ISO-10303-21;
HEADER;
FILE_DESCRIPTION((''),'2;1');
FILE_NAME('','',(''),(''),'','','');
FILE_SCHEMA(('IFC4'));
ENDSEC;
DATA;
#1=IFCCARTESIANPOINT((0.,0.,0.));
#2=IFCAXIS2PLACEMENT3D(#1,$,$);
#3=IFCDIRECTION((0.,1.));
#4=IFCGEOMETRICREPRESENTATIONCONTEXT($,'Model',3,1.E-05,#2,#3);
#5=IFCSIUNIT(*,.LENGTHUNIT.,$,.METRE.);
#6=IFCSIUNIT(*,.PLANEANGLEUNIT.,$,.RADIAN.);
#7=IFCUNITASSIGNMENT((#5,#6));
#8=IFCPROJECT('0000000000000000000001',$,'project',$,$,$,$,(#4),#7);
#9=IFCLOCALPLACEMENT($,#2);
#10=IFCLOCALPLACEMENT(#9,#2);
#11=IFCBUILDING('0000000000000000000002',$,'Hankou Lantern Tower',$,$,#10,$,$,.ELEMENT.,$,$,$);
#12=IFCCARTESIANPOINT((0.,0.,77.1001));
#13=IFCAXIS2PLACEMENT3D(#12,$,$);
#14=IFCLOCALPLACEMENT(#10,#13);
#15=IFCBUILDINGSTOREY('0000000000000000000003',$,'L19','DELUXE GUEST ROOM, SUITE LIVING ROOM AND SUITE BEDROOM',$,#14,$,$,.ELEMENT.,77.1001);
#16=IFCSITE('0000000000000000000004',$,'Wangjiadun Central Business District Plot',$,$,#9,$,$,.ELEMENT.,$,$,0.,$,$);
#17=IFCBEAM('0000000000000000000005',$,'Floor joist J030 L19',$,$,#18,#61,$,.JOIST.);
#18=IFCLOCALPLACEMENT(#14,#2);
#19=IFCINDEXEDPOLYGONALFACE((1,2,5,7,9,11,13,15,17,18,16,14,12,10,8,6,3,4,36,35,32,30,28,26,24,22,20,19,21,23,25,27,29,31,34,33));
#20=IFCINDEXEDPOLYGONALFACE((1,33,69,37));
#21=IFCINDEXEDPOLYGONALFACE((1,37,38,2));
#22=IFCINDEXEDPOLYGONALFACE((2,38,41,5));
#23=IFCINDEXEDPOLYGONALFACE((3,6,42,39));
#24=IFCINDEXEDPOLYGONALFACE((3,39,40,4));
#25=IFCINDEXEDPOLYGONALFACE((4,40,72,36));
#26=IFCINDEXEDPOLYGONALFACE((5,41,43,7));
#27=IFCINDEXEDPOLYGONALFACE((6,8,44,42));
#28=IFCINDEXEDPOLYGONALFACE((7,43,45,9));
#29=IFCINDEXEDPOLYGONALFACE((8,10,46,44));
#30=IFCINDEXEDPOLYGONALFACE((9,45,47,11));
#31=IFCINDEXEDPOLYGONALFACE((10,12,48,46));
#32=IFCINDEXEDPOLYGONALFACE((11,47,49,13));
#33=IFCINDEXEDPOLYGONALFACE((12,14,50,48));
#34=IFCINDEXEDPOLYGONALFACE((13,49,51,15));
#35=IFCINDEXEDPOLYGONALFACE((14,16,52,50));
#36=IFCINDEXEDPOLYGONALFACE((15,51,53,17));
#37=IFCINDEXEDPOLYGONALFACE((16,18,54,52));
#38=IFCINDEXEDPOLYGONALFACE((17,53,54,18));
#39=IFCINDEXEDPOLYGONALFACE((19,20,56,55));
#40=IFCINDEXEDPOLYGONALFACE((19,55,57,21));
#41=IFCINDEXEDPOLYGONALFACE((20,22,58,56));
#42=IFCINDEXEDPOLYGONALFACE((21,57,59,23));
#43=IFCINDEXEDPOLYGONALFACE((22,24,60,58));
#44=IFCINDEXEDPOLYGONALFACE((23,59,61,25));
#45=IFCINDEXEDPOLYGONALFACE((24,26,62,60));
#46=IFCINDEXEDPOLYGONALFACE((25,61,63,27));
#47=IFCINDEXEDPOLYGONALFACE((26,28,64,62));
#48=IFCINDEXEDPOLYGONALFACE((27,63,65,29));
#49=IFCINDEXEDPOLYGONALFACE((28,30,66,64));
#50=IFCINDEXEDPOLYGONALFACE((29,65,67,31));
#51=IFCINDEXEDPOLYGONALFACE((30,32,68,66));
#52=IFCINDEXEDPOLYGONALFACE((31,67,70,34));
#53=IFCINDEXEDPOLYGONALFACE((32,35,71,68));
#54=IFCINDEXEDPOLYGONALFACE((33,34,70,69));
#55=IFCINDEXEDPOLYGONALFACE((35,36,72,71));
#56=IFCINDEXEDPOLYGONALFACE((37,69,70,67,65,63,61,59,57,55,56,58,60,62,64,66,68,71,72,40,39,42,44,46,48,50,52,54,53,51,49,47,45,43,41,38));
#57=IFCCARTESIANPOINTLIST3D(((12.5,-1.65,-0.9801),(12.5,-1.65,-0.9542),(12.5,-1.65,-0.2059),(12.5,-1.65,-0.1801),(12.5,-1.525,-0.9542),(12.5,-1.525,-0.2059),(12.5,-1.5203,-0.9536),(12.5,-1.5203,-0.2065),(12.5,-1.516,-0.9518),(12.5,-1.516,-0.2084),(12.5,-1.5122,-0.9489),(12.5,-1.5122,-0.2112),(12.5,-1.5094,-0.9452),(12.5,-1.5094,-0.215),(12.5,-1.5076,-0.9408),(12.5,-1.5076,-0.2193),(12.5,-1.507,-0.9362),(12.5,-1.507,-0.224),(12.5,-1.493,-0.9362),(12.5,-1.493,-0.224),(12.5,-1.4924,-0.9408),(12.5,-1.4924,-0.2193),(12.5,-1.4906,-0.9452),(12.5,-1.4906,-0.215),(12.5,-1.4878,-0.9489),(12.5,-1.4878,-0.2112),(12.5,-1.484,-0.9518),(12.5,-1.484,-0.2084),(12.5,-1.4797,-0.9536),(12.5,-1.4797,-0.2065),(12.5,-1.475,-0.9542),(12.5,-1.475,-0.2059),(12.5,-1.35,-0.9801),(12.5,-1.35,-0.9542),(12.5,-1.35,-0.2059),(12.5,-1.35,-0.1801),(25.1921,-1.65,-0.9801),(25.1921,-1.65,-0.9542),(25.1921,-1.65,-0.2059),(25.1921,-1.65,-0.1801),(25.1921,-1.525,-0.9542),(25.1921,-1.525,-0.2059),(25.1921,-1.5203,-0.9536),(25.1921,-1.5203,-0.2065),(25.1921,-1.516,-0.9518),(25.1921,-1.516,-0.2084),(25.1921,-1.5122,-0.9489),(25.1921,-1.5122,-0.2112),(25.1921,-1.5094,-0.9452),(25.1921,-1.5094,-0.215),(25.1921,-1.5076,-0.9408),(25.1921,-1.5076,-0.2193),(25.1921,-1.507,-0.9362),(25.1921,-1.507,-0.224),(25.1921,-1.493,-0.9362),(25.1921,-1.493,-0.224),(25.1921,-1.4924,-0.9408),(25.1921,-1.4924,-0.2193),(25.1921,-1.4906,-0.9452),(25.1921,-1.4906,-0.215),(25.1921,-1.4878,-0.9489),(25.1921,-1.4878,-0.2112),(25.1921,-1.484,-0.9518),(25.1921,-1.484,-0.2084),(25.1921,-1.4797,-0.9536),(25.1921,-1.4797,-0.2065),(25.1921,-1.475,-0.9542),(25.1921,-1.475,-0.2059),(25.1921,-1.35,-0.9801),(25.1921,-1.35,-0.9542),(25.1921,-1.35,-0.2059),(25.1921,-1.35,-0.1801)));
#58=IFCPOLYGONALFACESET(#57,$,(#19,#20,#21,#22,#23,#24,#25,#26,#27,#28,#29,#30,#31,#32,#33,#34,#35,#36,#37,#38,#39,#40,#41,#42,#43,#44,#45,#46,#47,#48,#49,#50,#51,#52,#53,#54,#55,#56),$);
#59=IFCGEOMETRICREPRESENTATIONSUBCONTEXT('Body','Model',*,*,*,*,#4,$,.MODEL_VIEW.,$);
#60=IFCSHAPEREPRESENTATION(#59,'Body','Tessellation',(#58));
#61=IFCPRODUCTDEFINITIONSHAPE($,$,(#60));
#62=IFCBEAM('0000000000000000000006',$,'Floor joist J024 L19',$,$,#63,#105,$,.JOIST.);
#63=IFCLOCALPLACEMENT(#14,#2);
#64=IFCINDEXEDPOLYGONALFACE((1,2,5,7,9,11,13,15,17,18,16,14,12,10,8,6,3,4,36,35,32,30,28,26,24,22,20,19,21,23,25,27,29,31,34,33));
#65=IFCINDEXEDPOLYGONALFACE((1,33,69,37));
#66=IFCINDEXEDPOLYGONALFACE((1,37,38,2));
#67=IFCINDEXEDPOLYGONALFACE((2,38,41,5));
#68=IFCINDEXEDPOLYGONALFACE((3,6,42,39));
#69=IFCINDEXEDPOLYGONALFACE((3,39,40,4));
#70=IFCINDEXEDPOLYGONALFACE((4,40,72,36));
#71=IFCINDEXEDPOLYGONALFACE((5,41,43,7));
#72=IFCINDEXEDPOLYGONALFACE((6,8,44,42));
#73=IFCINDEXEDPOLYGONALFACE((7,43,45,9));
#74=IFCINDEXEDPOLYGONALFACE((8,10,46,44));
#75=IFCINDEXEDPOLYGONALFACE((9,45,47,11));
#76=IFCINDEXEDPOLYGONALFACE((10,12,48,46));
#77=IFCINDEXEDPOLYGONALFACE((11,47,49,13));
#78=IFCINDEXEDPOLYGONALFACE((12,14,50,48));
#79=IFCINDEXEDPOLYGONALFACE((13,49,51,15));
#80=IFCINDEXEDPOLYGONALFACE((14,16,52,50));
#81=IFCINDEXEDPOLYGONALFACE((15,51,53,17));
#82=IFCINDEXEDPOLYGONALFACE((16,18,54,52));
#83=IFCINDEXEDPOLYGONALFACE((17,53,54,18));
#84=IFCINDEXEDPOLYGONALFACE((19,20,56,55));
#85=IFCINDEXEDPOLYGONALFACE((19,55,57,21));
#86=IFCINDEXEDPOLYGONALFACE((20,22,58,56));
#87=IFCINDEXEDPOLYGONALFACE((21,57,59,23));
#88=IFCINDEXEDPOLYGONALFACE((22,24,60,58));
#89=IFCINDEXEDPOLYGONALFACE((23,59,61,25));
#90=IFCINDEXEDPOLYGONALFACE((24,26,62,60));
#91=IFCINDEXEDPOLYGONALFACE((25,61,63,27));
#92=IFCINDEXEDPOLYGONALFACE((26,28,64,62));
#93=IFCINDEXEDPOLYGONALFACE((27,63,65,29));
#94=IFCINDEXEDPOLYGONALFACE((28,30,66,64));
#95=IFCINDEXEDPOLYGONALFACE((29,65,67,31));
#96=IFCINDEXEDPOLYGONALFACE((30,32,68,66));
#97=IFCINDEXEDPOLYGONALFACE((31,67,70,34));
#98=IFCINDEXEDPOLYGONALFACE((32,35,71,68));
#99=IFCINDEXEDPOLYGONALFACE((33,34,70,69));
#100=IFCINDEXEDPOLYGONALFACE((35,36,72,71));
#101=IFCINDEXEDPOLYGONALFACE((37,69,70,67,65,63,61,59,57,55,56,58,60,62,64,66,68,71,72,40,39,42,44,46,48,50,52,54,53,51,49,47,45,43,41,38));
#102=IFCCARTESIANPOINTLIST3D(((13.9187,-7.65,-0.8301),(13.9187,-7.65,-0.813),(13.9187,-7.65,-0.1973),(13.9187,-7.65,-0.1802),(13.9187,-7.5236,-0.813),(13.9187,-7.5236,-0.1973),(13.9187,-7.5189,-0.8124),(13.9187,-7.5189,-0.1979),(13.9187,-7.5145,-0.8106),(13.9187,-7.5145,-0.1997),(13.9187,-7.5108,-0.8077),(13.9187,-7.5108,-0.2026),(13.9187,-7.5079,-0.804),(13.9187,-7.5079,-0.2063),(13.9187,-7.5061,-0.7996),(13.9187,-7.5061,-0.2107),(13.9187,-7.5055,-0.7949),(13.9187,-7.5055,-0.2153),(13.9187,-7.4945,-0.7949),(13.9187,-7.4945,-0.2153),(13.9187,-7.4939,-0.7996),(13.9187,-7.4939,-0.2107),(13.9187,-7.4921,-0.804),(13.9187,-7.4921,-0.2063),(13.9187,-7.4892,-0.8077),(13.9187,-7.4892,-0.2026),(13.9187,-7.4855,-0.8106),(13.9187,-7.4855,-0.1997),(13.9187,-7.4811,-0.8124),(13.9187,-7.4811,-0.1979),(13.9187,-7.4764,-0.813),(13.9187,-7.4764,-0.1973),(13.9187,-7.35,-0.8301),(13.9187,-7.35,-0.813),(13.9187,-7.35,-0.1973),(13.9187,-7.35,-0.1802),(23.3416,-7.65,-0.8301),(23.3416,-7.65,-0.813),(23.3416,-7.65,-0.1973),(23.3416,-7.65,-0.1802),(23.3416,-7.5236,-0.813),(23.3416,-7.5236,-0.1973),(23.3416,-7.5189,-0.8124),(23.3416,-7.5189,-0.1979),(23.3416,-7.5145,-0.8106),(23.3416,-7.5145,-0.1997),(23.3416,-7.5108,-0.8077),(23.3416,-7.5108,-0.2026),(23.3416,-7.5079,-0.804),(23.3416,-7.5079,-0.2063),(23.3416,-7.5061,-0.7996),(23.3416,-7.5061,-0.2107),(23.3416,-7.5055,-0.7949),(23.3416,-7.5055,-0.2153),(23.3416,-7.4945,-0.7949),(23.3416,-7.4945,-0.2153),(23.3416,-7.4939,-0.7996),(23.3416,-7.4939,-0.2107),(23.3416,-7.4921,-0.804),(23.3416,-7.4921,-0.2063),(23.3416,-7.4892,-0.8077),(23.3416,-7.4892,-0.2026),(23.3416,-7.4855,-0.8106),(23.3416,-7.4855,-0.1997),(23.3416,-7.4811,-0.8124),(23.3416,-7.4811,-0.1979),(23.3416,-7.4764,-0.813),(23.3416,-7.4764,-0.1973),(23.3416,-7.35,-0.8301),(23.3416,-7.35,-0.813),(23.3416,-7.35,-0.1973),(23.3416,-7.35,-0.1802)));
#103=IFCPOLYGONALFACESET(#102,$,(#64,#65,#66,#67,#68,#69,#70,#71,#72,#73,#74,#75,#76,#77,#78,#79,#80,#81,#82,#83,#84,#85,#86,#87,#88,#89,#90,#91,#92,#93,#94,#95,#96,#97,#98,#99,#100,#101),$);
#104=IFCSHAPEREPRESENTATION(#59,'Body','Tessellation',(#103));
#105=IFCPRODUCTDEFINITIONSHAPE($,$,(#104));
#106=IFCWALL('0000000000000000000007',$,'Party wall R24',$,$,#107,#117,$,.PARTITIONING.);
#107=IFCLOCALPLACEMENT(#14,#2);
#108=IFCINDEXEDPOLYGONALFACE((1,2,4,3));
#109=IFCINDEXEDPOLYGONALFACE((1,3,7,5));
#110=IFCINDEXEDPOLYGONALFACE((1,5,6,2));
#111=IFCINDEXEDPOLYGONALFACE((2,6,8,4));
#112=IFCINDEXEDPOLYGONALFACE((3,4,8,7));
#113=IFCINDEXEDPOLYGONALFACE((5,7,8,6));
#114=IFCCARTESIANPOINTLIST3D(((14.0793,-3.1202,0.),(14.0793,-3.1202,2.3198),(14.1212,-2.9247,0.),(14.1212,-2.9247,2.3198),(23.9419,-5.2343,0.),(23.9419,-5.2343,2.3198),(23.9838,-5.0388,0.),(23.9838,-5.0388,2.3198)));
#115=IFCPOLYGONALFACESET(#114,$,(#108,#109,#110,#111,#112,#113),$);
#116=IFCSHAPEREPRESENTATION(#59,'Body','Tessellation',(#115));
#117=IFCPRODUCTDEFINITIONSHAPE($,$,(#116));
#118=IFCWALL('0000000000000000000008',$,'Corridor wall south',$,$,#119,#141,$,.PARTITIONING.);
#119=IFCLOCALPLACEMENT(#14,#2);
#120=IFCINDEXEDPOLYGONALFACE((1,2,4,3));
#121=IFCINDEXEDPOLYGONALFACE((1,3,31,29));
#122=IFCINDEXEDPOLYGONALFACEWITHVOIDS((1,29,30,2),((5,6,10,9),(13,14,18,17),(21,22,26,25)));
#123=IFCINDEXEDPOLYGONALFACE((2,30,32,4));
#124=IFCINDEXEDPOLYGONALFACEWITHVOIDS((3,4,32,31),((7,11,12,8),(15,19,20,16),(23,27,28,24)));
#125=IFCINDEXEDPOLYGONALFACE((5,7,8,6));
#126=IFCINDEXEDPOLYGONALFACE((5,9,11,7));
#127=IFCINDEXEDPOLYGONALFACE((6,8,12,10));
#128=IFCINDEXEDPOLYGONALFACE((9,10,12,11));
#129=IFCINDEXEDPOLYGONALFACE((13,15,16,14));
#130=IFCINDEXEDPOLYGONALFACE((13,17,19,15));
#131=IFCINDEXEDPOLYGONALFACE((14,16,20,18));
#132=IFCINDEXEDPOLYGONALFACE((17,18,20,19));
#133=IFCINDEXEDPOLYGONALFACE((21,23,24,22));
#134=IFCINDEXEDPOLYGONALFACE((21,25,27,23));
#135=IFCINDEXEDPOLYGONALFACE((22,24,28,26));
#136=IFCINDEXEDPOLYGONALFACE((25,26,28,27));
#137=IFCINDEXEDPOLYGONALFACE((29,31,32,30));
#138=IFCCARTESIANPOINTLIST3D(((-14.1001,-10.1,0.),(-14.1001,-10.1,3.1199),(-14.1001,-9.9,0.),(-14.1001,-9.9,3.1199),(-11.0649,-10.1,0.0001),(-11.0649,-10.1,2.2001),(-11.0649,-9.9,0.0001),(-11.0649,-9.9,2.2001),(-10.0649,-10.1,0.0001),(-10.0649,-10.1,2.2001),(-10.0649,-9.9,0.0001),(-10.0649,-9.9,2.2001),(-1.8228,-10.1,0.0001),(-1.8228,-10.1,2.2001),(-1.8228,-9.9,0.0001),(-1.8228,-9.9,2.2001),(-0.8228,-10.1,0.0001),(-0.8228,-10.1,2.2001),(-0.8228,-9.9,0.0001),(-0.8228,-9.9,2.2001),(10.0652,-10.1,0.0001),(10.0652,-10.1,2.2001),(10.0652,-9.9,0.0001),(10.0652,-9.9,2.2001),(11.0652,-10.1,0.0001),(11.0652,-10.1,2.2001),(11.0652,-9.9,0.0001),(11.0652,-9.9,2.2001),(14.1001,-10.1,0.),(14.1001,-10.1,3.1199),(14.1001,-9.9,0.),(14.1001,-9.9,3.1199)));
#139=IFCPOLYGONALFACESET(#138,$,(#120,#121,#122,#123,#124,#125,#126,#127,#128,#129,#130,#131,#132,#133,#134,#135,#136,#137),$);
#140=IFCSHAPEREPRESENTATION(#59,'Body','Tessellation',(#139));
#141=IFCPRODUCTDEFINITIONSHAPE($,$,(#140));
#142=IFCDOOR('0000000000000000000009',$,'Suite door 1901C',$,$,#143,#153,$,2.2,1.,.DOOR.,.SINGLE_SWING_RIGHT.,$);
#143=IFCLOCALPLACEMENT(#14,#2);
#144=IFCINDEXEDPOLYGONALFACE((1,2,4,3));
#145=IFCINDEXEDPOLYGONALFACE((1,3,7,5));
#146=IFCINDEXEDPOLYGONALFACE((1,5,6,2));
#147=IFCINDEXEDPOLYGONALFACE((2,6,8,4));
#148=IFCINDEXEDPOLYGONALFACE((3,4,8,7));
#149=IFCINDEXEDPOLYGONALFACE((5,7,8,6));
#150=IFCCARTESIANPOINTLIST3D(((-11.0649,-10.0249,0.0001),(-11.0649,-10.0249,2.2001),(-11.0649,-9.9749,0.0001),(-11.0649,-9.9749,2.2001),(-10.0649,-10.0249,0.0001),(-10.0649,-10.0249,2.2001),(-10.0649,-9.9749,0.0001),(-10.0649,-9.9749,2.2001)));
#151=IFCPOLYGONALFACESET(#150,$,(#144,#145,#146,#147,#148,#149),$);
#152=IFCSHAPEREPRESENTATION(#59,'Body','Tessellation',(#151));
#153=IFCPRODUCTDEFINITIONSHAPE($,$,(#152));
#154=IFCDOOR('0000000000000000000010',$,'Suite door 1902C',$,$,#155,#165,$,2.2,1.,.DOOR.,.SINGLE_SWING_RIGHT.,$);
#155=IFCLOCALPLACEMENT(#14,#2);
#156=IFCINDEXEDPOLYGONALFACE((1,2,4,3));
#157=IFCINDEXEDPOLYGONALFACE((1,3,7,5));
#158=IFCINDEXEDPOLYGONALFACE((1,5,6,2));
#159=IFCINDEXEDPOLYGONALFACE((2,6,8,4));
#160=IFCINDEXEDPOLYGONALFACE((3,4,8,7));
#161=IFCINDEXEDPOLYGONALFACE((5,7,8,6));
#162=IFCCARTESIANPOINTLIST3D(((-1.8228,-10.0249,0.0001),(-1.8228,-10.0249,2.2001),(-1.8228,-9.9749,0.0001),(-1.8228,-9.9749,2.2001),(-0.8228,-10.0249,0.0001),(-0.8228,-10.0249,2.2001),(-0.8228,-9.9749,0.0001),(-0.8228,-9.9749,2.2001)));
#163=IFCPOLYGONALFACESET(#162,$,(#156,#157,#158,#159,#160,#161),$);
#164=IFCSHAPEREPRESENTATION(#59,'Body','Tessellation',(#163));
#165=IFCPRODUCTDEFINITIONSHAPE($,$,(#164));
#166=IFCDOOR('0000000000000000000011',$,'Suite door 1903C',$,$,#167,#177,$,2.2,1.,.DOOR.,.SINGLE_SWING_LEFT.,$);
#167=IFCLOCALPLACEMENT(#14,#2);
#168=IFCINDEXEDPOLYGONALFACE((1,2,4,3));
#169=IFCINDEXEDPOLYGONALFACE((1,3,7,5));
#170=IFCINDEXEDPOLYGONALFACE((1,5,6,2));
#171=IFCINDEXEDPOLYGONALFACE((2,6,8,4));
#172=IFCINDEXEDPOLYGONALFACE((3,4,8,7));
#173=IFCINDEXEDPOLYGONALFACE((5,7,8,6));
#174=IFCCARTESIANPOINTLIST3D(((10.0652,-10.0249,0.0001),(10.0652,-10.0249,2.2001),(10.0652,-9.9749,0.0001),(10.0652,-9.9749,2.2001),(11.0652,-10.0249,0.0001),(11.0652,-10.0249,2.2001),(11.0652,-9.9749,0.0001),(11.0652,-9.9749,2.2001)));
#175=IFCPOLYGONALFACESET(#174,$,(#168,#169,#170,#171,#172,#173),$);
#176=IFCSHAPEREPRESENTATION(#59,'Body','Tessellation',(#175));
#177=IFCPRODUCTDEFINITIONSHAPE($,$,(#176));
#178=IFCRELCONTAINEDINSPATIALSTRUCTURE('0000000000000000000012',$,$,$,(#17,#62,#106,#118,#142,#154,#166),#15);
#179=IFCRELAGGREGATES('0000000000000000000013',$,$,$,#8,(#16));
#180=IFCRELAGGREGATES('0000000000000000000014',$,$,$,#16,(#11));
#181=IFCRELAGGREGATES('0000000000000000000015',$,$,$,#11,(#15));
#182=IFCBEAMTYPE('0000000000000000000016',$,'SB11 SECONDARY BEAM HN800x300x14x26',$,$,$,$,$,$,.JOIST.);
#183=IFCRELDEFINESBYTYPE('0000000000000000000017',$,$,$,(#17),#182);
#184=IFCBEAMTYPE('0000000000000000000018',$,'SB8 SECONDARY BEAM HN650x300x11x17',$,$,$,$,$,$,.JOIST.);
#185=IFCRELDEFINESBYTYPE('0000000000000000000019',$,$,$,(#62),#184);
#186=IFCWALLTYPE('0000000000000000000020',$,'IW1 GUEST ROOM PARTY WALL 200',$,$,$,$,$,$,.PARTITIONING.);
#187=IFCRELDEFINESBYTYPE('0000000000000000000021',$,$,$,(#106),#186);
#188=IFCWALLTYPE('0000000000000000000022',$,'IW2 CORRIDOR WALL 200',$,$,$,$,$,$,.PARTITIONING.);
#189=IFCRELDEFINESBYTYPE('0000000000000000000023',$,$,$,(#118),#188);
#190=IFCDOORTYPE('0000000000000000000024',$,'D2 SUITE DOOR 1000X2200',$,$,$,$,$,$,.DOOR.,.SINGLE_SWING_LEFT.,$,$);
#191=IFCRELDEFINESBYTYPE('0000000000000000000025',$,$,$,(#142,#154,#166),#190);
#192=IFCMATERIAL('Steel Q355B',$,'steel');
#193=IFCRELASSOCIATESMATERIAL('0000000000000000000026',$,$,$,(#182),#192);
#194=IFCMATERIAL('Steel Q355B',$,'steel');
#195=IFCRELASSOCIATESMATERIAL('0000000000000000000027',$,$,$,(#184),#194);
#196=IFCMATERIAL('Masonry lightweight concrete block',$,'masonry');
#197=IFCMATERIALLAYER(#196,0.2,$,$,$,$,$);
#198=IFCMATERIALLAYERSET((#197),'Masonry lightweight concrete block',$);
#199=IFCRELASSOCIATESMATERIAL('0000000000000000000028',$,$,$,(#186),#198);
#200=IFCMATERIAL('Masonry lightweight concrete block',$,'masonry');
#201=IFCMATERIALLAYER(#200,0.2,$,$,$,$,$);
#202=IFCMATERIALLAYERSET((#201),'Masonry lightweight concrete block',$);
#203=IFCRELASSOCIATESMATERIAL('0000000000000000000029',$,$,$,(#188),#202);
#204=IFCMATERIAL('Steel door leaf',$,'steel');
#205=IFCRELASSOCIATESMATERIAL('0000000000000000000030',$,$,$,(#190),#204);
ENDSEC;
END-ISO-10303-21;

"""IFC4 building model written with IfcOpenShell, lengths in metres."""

from ifc_helpers import new_model, si_unit, direction, frame, frame_2d, origin, origin_2d, place, context, subcontext, project, spatial, rectangle, i_section, extrude, material, layer, layer_set, material_profile, profile_set, type_object, element, fill, save


model = new_model("IFC4")

# Units and contexts
model_context = context("Model", 3, precision=1e-05, world=origin(), true_north=direction((0.0, 1.0)))
body_context = subcontext(model_context, "Body", "Model", "MODEL_VIEW")
ifc_project = project(units=[si_unit("LENGTHUNIT", "METRE"), si_unit("PLANEANGLEUNIT", "RADIAN")], contexts=[model_context])

# Site, building, storey
site_placement = place(None, origin())
site = spatial("IfcSite", under=ifc_project, at=site_placement, Name="Wangjiadun Central Business District Plot", CompositionType="ELEMENT", RefElevation=0.0)
building_placement = place(site_placement, origin())
building = spatial("IfcBuilding", under=site, at=building_placement, Name="Hankou Lantern Tower", CompositionType="ELEMENT")
storey_placement = place(building_placement, frame((0.0, 0.0, 77.1001)))
storey = spatial("IfcBuildingStorey", under=building, at=storey_placement, Name="L19", Description="DELUXE GUEST ROOM, SUITE LIVING ROOM AND SUITE BEDROOM", CompositionType="ELEMENT", Elevation=77.1001)

# Beams
ifc_material_1 = material(Name="Steel Q355B", Category="steel")
ifc_material_profile_1 = material_profile(ifc_material_1, i_section(OverallWidth=0.3, OverallDepth=0.8, WebThickness=0.0139, FlangeThickness=0.0259, FilletRadius=0.0181, at=origin_2d()), Name="HN800x300x14x26")
ifc_profile_set_1 = profile_set([ifc_material_profile_1], Name="Steel Q355B")
beam_type_1 = type_object("IfcBeamType", Name="SB11 SECONDARY BEAM HN800x300x14x26", PredefinedType="JOIST", material=ifc_profile_set_1)
beam_1_placement = place(storey_placement, frame((12.5, -1.5, -0.5801), z_axis=(1.0, 0.0, 0.0), x_axis=(0.0, 1.0, 0.0)))
element("IfcBeam", 1, at=beam_1_placement, inside=storey, type_object=beam_type_1, Name="Floor joist J030 L19", PredefinedType="JOIST", context=body_context, shape_type="SweptSolid", body=[
    extrude(i_section(OverallWidth=0.3, OverallDepth=0.8, WebThickness=0.0139, FlangeThickness=0.0259, FilletRadius=0.0181, at=origin_2d()), origin(), (0.0, 0.0, 1.0), 12.6921),
])
ifc_material_2 = material(Name="Steel Q355B", Category="steel")
ifc_material_profile_2 = material_profile(ifc_material_2, i_section(OverallWidth=0.3, OverallDepth=0.6499, WebThickness=0.011, FlangeThickness=0.0171, FilletRadius=0.0181, at=origin_2d()), Name="HN650x300x11x17")
ifc_profile_set_2 = profile_set([ifc_material_profile_2], Name="Steel Q355B")
beam_type_2 = type_object("IfcBeamType", Name="SB8 SECONDARY BEAM HN650x300x11x17", PredefinedType="JOIST", material=ifc_profile_set_2)
beam_2_placement = place(storey_placement, frame((13.9187, -7.5, -0.5051), z_axis=(1.0, 0.0, 0.0), x_axis=(0.0, 1.0, 0.0)))
element("IfcBeam", 2, at=beam_2_placement, inside=storey, type_object=beam_type_2, Name="Floor joist J024 L19", PredefinedType="JOIST", context=body_context, shape_type="SweptSolid", body=[
    extrude(i_section(OverallWidth=0.3, OverallDepth=0.6499, WebThickness=0.011, FlangeThickness=0.0171, FilletRadius=0.0181, at=origin_2d()), origin(), (0.0, 0.0, 1.0), 9.4229),
])

# Wall
ifc_material_3 = material(Name="Masonry lightweight concrete block", Category="masonry")
ifc_layer_1 = layer(ifc_material_3, 0.2)
ifc_layer_set_1 = layer_set([ifc_layer_1], Name="Masonry lightweight concrete block")
wall_type_1 = type_object("IfcWallType", Name="IW1 GUEST ROOM PARTY WALL 200", PredefinedType="PARTITIONING", material=ifc_layer_set_1)
wall_1_placement = place(storey_placement, frame((14.1001, -3.0225, 0.0), z_axis=(0.0, 0.0, 1.0), x_axis=(0.97779, -0.209587, 0.0)))
element("IfcWall", 3, at=wall_1_placement, inside=storey, type_object=wall_type_1, Name="Party wall R24", PredefinedType="PARTITIONING", context=body_context, shape_type="SweptSolid", body=[
    extrude(rectangle(XDim=10.0867, YDim=0.2, at=frame_2d((5.0435, 0.0))), origin(), (0.0, 0.0, 1.0), 2.3198),
])

# Wall, openings, doors
ifc_material_4 = material(Name="Masonry lightweight concrete block", Category="masonry")
ifc_layer_2 = layer(ifc_material_4, 0.2)
ifc_layer_set_2 = layer_set([ifc_layer_2], Name="Masonry lightweight concrete block")
wall_type_2 = type_object("IfcWallType", Name="IW2 CORRIDOR WALL 200", PredefinedType="PARTITIONING", material=ifc_layer_set_2)
wall_2_placement = place(storey_placement, frame((14.1001, -10.0, 0.0), z_axis=(0.0, 0.0, 1.0), x_axis=(-1.0, 0.0, 0.0)))
wall_2 = element("IfcWall", 4, at=wall_2_placement, inside=storey, type_object=wall_type_2, Name="Corridor wall south", PredefinedType="PARTITIONING", context=body_context, shape_type="SweptSolid", body=[
    extrude(rectangle(XDim=28.2002, YDim=0.2, at=frame_2d((14.1001, 0.0))), origin(), (0.0, 0.0, 1.0), 3.1199),
])
opening_1_placement = place(wall_2_placement, frame((24.165, 0.0, 0.0)))
opening_1 = element("IfcOpeningElement", 5, at=opening_1_placement, cuts=wall_2, PredefinedType="OPENING", context=body_context, shape_type="SweptSolid", body=[
    extrude(rectangle(XDim=1.0, YDim=2.2, at=frame_2d((0.5, 1.1001))), frame((0.0, 0.1099, 0.0), z_axis=(0.0, -1.0, 0.0), x_axis=(1.0, 0.0, 0.0)), (0.0, 0.0, 1.0), 0.22),
])
opening_2_placement = place(wall_2_placement, frame((14.9229, 0.0, 0.0)))
opening_2 = element("IfcOpeningElement", 6, at=opening_2_placement, cuts=wall_2, PredefinedType="OPENING", context=body_context, shape_type="SweptSolid", body=[
    extrude(rectangle(XDim=1.0, YDim=2.2, at=frame_2d((0.5, 1.1001))), frame((0.0, 0.1099, 0.0), z_axis=(0.0, -1.0, 0.0), x_axis=(1.0, 0.0, 0.0)), (0.0, 0.0, 1.0), 0.22),
])
opening_3_placement = place(wall_2_placement, frame((3.0349, 0.0, 0.0)))
opening_3 = element("IfcOpeningElement", 7, at=opening_3_placement, cuts=wall_2, PredefinedType="OPENING", context=body_context, shape_type="SweptSolid", body=[
    extrude(rectangle(XDim=1.0, YDim=2.2, at=frame_2d((0.5, 1.1001))), frame((0.0, 0.1099, 0.0), z_axis=(0.0, -1.0, 0.0), x_axis=(1.0, 0.0, 0.0)), (0.0, 0.0, 1.0), 0.22),
])
ifc_material_5 = material(Name="Steel door leaf", Category="steel")
door_type_1 = type_object("IfcDoorType", Name="D2 SUITE DOOR 1000X2200", OperationType="SINGLE_SWING_LEFT", PredefinedType="DOOR", material=ifc_material_5)
door_1_placement = place(opening_1_placement, origin())
door_1 = element("IfcDoor", 8, at=door_1_placement, inside=storey, type_object=door_type_1, Name="Suite door 1901C", OperationType="SINGLE_SWING_RIGHT", OverallHeight=2.2, OverallWidth=1.0, PredefinedType="DOOR", context=body_context, shape_type="SweptSolid", body=[
    extrude(rectangle(XDim=1.0, YDim=2.2, at=frame_2d((0.5, 1.1001))), frame((0.0, 0.0249, 0.0), z_axis=(0.0, -1.0, 0.0), x_axis=(1.0, 0.0, 0.0)), (0.0, 0.0, 1.0), 0.05),
])
fill(opening_1, door_1)
door_2_placement = place(opening_2_placement, origin())
door_2 = element("IfcDoor", 9, at=door_2_placement, inside=storey, type_object=door_type_1, Name="Suite door 1902C", OperationType="SINGLE_SWING_RIGHT", OverallHeight=2.2, OverallWidth=1.0, PredefinedType="DOOR", context=body_context, shape_type="SweptSolid", body=[
    extrude(rectangle(XDim=1.0, YDim=2.2, at=frame_2d((0.5, 1.1001))), frame((0.0, 0.0249, 0.0), z_axis=(0.0, -1.0, 0.0), x_axis=(1.0, 0.0, 0.0)), (0.0, 0.0, 1.0), 0.05),
])
fill(opening_2, door_2)
door_3_placement = place(opening_3_placement, origin())
door_3 = element("IfcDoor", 10, at=door_3_placement, inside=storey, type_object=door_type_1, Name="Suite door 1903C", OperationType="SINGLE_SWING_LEFT", OverallHeight=2.2, OverallWidth=1.0, PredefinedType="DOOR", context=body_context, shape_type="SweptSolid", body=[
    extrude(rectangle(XDim=1.0, YDim=2.2, at=frame_2d((0.5, 1.1001))), frame((0.0, 0.0249, 0.0), z_axis=(0.0, -1.0, 0.0), x_axis=(1.0, 0.0, 0.0)), (0.0, 0.0, 1.0), 0.05),
])
fill(opening_3, door_3)

save(model, "model.ifc")
